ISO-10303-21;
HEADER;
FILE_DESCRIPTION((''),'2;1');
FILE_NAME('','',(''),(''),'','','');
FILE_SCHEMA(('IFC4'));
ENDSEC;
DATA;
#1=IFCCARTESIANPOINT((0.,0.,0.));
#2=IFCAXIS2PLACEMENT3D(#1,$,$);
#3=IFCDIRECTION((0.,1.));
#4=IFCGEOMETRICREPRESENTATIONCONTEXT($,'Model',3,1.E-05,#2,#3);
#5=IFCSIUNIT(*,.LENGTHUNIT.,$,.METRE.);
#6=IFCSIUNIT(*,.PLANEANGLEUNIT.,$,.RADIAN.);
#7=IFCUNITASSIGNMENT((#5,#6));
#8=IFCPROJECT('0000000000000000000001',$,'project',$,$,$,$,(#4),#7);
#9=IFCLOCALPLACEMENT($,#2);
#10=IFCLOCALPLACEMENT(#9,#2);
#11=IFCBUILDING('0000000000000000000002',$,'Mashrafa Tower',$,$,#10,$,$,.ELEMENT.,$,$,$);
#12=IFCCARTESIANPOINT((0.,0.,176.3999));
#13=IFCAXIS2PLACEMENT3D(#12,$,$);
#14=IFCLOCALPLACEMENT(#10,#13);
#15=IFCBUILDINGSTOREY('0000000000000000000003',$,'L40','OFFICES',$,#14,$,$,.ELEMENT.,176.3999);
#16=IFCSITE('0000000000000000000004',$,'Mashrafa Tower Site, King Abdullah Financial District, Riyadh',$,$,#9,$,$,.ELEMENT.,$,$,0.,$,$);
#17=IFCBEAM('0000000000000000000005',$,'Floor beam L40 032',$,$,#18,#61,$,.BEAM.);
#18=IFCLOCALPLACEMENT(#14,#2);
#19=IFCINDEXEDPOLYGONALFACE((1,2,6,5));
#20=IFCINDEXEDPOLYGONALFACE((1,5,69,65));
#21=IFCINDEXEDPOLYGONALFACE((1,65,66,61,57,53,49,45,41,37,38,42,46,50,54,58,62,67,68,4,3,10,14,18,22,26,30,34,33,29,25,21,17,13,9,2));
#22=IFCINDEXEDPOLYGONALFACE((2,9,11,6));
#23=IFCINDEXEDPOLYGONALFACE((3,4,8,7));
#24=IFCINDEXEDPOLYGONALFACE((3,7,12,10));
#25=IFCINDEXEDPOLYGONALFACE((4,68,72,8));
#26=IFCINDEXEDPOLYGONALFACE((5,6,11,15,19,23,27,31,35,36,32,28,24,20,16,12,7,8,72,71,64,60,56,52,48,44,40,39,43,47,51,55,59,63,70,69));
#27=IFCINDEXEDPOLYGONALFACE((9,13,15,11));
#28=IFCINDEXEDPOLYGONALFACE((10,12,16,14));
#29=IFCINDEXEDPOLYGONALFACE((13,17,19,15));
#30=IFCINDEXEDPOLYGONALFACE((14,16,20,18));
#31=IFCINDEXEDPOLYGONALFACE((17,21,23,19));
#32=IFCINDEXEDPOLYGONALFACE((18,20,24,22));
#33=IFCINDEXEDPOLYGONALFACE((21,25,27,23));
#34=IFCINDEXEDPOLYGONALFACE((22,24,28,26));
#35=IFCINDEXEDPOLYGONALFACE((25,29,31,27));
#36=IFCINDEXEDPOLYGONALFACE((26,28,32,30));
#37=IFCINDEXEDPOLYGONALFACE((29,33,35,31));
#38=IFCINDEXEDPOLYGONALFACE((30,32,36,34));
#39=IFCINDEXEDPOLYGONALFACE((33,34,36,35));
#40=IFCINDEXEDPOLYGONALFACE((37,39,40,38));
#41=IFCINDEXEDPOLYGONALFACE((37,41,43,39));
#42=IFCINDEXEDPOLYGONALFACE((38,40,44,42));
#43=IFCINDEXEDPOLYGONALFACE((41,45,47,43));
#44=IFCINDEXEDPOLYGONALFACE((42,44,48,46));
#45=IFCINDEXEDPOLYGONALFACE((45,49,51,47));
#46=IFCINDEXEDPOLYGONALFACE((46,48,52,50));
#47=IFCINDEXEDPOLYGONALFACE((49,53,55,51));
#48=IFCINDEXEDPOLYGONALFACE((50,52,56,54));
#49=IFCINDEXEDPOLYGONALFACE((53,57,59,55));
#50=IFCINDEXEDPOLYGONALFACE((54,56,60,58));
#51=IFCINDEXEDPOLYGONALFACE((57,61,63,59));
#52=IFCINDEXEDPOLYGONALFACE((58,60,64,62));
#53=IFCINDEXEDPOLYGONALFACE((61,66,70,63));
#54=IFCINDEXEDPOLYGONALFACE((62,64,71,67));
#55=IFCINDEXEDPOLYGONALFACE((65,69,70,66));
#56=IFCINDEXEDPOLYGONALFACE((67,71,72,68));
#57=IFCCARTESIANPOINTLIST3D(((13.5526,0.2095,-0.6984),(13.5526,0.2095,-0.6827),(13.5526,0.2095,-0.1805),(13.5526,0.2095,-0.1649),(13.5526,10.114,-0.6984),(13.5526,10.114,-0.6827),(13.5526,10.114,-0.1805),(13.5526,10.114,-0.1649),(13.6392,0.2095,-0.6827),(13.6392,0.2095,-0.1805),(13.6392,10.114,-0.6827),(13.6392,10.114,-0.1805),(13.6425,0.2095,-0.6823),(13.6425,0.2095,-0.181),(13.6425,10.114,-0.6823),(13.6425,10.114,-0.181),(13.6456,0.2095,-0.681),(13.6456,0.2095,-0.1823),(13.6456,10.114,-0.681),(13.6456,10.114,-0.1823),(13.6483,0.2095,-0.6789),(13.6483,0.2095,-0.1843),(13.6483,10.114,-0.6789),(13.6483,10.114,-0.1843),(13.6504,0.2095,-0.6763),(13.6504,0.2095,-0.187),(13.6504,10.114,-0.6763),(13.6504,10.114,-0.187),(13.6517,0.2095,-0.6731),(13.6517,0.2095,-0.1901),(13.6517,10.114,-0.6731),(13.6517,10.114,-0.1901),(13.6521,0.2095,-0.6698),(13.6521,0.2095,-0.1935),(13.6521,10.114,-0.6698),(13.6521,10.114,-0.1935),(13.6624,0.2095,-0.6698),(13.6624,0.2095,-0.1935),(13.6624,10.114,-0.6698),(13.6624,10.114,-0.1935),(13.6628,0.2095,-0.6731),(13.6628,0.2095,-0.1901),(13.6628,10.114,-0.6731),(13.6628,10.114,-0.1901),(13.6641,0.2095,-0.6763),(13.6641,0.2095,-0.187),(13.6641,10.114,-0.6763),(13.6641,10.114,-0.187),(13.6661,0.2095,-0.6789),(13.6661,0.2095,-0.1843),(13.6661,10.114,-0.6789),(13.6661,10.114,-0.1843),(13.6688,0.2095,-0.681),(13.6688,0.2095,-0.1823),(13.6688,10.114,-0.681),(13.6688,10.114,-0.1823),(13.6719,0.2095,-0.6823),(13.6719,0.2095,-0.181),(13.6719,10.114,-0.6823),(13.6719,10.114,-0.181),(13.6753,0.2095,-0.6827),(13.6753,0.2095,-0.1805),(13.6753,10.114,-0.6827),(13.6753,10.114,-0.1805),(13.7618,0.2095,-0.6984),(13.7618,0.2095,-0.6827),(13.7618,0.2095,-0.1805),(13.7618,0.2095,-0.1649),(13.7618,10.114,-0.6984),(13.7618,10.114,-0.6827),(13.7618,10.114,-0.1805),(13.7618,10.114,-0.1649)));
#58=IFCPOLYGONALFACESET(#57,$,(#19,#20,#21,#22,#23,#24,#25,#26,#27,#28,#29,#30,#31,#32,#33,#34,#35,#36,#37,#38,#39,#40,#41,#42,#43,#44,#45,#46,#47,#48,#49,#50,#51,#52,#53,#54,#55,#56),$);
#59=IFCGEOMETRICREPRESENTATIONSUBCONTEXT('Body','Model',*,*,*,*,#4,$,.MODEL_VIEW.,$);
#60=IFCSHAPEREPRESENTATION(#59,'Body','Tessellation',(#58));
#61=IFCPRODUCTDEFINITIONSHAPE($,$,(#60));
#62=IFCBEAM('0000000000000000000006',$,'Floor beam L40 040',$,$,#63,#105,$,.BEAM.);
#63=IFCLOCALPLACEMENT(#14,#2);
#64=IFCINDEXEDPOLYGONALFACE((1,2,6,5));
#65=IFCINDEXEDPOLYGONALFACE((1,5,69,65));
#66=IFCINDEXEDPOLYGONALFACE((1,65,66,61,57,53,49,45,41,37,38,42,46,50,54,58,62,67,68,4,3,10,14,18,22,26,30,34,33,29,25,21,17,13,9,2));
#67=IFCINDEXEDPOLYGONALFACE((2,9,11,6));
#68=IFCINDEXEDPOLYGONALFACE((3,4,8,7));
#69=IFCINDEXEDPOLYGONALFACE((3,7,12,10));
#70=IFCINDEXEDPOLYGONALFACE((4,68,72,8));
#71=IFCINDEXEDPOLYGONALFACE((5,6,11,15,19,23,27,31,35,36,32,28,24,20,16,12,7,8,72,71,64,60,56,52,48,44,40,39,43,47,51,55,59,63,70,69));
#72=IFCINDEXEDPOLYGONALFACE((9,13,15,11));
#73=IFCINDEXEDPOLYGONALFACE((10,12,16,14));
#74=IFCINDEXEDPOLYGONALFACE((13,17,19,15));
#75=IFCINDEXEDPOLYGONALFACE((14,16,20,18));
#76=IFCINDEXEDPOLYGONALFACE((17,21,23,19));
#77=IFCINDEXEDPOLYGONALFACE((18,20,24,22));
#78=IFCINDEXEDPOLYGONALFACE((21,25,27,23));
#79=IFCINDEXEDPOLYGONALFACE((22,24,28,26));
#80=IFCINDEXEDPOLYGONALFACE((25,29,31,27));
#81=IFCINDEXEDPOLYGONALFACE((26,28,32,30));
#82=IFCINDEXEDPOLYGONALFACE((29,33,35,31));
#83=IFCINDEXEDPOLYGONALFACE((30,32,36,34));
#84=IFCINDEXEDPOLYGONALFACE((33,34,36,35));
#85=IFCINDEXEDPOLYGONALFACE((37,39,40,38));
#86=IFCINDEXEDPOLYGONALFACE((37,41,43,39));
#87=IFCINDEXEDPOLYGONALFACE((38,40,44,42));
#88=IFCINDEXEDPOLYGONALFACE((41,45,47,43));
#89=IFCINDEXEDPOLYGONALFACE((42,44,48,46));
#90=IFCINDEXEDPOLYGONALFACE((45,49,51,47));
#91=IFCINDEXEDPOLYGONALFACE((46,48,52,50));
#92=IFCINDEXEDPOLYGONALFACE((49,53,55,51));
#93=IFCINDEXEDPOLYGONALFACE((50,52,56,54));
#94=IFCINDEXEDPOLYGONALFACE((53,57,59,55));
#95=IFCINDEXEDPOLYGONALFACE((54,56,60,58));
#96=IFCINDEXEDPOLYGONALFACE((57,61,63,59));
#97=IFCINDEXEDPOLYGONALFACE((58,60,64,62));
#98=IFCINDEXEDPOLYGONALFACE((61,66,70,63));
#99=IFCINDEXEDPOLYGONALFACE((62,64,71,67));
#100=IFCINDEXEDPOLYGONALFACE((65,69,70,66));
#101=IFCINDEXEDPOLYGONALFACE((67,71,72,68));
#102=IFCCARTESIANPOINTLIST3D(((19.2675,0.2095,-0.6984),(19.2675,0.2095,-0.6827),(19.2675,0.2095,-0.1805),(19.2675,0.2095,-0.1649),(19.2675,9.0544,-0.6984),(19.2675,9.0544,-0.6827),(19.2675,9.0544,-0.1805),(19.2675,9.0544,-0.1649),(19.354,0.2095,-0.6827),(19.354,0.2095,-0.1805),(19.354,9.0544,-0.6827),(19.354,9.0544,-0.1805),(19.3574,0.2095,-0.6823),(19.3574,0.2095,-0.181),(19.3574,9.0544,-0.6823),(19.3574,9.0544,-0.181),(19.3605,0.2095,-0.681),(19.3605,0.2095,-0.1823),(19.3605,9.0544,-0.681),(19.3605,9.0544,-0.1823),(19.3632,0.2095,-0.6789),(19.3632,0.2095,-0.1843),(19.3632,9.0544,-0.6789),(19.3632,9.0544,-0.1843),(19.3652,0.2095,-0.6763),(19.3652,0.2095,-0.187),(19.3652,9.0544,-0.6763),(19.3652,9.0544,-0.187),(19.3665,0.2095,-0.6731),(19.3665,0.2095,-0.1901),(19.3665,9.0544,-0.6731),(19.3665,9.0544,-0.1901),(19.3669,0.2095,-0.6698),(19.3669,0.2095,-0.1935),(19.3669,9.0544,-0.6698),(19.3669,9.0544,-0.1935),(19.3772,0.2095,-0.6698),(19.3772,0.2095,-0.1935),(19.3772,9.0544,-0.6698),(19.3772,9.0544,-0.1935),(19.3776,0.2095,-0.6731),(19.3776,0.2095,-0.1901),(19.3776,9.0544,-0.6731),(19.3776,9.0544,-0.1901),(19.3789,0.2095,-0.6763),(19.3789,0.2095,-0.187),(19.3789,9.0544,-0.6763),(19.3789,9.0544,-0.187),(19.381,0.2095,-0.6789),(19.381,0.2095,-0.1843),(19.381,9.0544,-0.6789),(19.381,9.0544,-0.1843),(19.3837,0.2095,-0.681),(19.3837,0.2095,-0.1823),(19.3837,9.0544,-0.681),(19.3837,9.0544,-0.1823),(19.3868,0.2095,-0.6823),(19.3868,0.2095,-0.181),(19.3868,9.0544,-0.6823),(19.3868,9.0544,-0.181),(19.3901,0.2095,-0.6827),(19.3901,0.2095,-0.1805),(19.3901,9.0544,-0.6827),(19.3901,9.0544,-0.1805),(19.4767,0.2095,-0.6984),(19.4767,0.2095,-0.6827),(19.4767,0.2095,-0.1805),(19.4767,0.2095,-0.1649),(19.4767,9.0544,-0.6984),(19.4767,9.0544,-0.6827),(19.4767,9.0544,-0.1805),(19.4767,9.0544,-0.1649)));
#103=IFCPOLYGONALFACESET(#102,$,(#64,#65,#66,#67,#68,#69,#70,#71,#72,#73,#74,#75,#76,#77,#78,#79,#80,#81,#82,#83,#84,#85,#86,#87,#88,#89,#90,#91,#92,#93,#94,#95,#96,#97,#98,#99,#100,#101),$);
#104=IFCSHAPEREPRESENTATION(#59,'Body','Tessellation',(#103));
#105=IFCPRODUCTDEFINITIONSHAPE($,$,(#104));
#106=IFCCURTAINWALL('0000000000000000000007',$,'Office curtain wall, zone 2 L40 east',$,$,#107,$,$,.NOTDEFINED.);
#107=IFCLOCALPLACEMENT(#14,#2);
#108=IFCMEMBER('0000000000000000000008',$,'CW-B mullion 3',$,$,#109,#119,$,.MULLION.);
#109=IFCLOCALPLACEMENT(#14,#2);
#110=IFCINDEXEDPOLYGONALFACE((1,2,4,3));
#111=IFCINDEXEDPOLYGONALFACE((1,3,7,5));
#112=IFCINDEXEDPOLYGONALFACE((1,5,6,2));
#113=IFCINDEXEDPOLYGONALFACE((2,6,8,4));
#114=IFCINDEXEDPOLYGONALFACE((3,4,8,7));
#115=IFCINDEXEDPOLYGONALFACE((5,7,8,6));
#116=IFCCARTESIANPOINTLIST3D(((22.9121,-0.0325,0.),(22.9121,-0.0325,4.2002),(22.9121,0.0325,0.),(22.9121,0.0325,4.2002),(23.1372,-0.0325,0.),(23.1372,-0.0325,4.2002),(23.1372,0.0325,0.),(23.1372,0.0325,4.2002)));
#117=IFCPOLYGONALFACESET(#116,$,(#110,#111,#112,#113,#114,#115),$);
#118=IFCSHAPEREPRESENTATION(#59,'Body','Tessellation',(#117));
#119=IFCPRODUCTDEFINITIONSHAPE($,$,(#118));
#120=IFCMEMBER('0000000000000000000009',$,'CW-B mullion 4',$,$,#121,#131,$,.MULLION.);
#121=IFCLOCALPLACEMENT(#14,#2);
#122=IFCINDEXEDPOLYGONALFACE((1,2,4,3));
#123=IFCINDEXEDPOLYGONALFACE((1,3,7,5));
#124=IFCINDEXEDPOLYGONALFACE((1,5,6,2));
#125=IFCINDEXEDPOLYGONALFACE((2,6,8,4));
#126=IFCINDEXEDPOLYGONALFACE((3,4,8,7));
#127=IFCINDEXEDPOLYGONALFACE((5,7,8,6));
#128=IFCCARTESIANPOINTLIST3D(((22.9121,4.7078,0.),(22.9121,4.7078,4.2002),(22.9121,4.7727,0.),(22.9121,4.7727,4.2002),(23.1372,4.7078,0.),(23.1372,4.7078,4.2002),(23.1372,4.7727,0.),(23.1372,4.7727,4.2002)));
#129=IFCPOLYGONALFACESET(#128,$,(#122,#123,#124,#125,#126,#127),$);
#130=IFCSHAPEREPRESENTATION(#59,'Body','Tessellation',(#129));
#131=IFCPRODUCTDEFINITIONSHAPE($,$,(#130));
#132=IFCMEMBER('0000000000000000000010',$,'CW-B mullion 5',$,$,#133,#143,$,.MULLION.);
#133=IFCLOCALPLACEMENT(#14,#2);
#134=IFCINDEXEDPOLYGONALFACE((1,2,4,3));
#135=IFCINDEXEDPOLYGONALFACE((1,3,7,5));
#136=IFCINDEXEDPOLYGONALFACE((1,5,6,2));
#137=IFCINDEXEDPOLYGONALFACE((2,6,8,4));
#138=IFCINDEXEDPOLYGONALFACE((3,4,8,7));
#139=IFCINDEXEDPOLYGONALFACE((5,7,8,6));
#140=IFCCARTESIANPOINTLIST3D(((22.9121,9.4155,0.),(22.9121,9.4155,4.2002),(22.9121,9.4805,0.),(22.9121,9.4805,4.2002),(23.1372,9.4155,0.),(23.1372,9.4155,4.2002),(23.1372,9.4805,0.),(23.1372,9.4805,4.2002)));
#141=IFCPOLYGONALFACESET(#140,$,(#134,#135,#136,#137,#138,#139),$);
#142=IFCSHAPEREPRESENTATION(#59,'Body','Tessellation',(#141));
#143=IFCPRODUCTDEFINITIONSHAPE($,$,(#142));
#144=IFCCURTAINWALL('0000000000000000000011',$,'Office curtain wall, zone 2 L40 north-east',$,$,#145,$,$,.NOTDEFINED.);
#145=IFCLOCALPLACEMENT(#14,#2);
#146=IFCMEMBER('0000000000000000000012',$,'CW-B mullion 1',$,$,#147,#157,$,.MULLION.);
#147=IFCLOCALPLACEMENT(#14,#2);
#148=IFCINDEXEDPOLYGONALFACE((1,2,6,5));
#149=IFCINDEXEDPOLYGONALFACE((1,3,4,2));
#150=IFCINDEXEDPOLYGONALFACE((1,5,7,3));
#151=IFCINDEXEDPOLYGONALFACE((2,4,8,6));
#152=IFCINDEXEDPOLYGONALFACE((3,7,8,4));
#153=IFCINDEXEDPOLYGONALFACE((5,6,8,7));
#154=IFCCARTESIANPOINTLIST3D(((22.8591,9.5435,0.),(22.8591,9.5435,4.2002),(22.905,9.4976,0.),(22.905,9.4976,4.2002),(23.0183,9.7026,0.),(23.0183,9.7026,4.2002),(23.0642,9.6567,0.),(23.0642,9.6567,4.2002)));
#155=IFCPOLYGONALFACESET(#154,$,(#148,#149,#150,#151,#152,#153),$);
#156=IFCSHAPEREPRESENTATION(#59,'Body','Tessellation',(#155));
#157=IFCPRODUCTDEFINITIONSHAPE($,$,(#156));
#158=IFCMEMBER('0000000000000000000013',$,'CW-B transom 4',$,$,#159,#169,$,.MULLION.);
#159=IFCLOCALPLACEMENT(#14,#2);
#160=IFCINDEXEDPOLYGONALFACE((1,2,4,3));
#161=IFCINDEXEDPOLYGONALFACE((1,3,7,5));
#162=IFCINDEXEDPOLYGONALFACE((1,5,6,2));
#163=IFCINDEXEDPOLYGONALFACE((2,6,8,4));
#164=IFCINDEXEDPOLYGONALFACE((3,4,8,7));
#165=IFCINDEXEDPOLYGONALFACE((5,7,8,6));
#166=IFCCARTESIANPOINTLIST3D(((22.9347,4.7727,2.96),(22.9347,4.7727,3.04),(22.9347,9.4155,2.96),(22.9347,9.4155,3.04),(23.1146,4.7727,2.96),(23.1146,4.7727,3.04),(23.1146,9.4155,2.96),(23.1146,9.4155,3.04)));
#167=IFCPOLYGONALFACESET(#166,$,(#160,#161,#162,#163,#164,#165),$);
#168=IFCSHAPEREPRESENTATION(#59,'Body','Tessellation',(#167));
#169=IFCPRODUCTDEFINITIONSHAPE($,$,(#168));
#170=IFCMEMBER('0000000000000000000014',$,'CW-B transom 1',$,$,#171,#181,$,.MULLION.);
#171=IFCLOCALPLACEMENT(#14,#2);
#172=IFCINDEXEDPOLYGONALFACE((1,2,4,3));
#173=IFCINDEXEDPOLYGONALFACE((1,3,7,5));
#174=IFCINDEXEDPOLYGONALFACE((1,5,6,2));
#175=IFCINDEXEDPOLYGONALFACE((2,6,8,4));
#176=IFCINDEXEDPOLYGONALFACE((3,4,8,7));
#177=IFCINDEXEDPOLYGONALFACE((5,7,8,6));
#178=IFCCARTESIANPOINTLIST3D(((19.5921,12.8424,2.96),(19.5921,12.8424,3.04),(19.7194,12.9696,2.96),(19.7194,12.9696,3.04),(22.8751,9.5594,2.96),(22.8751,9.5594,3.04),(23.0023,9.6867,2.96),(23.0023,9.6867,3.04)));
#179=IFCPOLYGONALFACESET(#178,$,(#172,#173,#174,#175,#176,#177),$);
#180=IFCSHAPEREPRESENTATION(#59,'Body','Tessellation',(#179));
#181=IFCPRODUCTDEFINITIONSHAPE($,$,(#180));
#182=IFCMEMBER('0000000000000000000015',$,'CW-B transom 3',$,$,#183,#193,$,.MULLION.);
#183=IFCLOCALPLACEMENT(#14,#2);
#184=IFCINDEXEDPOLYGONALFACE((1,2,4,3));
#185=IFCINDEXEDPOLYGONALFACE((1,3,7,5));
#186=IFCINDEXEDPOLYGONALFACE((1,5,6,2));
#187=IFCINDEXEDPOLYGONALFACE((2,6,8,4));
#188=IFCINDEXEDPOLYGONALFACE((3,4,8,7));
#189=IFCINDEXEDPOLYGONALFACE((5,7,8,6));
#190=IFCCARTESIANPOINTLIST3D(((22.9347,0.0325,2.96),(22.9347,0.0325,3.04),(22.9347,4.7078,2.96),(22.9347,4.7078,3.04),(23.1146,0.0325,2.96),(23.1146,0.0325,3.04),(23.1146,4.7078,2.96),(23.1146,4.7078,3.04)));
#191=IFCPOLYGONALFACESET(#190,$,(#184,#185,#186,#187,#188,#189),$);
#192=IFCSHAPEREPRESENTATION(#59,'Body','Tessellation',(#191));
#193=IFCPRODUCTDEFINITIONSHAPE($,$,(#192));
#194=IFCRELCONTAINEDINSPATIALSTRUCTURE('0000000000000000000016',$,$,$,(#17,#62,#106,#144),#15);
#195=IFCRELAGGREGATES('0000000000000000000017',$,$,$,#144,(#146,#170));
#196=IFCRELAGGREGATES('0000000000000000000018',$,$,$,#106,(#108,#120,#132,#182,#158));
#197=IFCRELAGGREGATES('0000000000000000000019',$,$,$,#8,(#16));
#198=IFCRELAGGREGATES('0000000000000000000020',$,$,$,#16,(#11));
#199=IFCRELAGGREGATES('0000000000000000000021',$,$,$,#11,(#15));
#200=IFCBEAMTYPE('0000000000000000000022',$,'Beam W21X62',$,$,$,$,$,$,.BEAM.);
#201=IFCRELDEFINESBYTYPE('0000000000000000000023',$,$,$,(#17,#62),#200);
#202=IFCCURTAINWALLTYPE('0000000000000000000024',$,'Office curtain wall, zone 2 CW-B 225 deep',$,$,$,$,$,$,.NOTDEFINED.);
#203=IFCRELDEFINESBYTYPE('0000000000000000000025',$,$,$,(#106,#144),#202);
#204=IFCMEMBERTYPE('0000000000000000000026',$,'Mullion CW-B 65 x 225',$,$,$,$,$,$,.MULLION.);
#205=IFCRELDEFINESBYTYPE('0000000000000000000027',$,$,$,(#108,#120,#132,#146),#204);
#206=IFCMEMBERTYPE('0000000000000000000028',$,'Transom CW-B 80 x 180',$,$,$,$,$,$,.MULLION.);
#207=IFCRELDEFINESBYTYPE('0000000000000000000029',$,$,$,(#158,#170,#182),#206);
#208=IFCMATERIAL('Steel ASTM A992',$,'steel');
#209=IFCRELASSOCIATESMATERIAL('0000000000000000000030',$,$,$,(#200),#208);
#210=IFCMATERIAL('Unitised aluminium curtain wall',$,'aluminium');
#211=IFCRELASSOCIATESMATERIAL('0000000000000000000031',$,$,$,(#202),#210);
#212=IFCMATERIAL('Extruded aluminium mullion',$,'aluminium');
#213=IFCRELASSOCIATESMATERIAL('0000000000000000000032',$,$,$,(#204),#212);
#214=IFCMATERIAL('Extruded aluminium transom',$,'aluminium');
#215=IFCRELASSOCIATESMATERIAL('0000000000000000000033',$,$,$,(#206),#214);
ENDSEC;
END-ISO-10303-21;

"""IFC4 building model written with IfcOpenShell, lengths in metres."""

from ifc_helpers import new_model, si_unit, direction, frame, origin, origin_2d, place, context, subcontext, project, spatial, rectangle, i_section, extrude, source, transform, mapped, material, material_profile, profile_set, type_object, type_shapes, element, aggregate, save


model = new_model("IFC4")

# Units and contexts
model_context = context("Model", 3, precision=1e-05, world=origin(), true_north=direction((0.0, 1.0)))
body_context = subcontext(model_context, "Body", "Model", "MODEL_VIEW")
ifc_project = project(units=[si_unit("LENGTHUNIT", "METRE"), si_unit("PLANEANGLEUNIT", "RADIAN")], contexts=[model_context])

# Site, building, storey
site_placement = place(None, origin())
site = spatial("IfcSite", under=ifc_project, at=site_placement, Name="Mashrafa Tower Site, King Abdullah Financial District, Riyadh", CompositionType="ELEMENT", RefElevation=0.0)
building_placement = place(site_placement, origin())
building = spatial("IfcBuilding", under=site, at=building_placement, Name="Mashrafa Tower", CompositionType="ELEMENT")
storey_placement = place(building_placement, frame((0.0, 0.0, 176.3999)))
storey = spatial("IfcBuildingStorey", under=building, at=storey_placement, Name="L40", Description="OFFICES", CompositionType="ELEMENT", Elevation=176.3999)

# Beams
ifc_material_1 = material(Name="Steel ASTM A992", Category="steel")
ifc_material_profile_1 = material_profile(ifc_material_1, i_section(OverallWidth=0.2092, OverallDepth=0.5334, WebThickness=0.0103, FlangeThickness=0.0156, FilletRadius=0.0129, at=origin_2d()), Name="W21X62")
ifc_profile_set_1 = profile_set([ifc_material_profile_1], Name="Steel ASTM A992")
beam_type_1 = type_object("IfcBeamType", Name="Beam W21X62", PredefinedType="BEAM", material=ifc_profile_set_1)
beam_1_placement = place(storey_placement, frame((13.6572, 10.114, -0.4316), z_axis=(0.0, -1.0, 0.0), x_axis=(1.0, 0.0, 0.0)))
element("IfcBeam", 1, at=beam_1_placement, inside=storey, type_object=beam_type_1, Name="Floor beam L40 032", PredefinedType="BEAM", context=body_context, shape_type="SweptSolid", body=[
    extrude(i_section(OverallWidth=0.2092, OverallDepth=0.5334, WebThickness=0.0103, FlangeThickness=0.0156, FilletRadius=0.0129, at=origin_2d()), origin(), (0.0, 0.0, 1.0), 9.9045),
])
beam_2_placement = place(storey_placement, frame((19.3721, 9.0544, -0.4316), z_axis=(0.0, -1.0, 0.0), x_axis=(1.0, 0.0, 0.0)))
element("IfcBeam", 2, at=beam_2_placement, inside=storey, type_object=beam_type_1, Name="Floor beam L40 040", PredefinedType="BEAM", context=body_context, shape_type="SweptSolid", body=[
    extrude(i_section(OverallWidth=0.2092, OverallDepth=0.5334, WebThickness=0.0103, FlangeThickness=0.0156, FilletRadius=0.0129, at=origin_2d()), origin(), (0.0, 0.0, 1.0), 8.845),
])

# Curtain wall, members
ifc_material_2 = material(Name="Unitised aluminium curtain wall", Category="aluminium")
curtain_wall_type = type_object("IfcCurtainWallType", Name="Office curtain wall, zone 2 CW-B 225 deep", PredefinedType="NOTDEFINED", material=ifc_material_2)
curtain_wall_1_placement = place(storey_placement, origin())
curtain_wall_1 = element("IfcCurtainWall", 3, at=curtain_wall_1_placement, inside=storey, type_object=curtain_wall_type, Name="Office curtain wall, zone 2 L40 east", PredefinedType="NOTDEFINED")
ifc_material_3 = material(Name="Extruded aluminium mullion", Category="aluminium")
ifc_material_profile_2 = material_profile(ifc_material_3, rectangle(XDim=0.2251, YDim=0.0649, at=origin_2d()), Name="Mullion 65x225")
ifc_profile_set_2 = profile_set([ifc_material_profile_2], Name="Extruded aluminium mullion")
member_type_1 = type_object("IfcMemberType", Name="Mullion CW-B 65 x 225", PredefinedType="MULLION", material=ifc_profile_set_2)
shared_shape_1 = source(origin(), body_context, "Body", "SweptSolid", [
    extrude(rectangle(XDim=0.2251, YDim=0.0649, at=origin_2d()), origin(), (0.0, 0.0, 1.0), 4.2002),
])
type_shapes(member_type_1, [shared_shape_1])
member_1_placement = place(storey_placement, frame((23.0247, 0.0, 0.0), z_axis=(0.0, 0.0, 1.0), x_axis=(-1.0, 0.0, 0.0)))
member_1 = element("IfcMember", 4, at=member_1_placement, type_object=member_type_1, Name="CW-B mullion 3", PredefinedType="MULLION", context=body_context, shape_type="MappedRepresentation", body=[
    mapped(shared_shape_1, transform((0.0, 0.0, 0.0))),
])
member_2_placement = place(storey_placement, frame((23.0247, 4.7402, 0.0), z_axis=(0.0, 0.0, 1.0), x_axis=(-1.0, 0.0, 0.0)))
member_2 = element("IfcMember", 5, at=member_2_placement, type_object=member_type_1, Name="CW-B mullion 4", PredefinedType="MULLION", context=body_context, shape_type="MappedRepresentation", body=[
    mapped(shared_shape_1, transform((0.0, 0.0, 0.0))),
])
member_3_placement = place(storey_placement, frame((23.0247, 9.448, 0.0), z_axis=(0.0, 0.0, 1.0), x_axis=(-1.0, 0.0, 0.0)))
member_3 = element("IfcMember", 6, at=member_3_placement, type_object=member_type_1, Name="CW-B mullion 5", PredefinedType="MULLION", context=body_context, shape_type="MappedRepresentation", body=[
    mapped(shared_shape_1, transform((0.0, 0.0, 0.0))),
])

# Curtain wall, member
curtain_wall_2_placement = place(storey_placement, origin())
curtain_wall_2 = element("IfcCurtainWall", 7, at=curtain_wall_2_placement, inside=storey, type_object=curtain_wall_type, Name="Office curtain wall, zone 2 L40 north-east", PredefinedType="NOTDEFINED")
member_4_placement = place(storey_placement, frame((22.9617, 9.6001, 0.0), z_axis=(0.0, 0.0, 1.0), x_axis=(-0.707107, -0.707107, 0.0)))
member_4 = element("IfcMember", 8, at=member_4_placement, type_object=member_type_1, Name="CW-B mullion 1", PredefinedType="MULLION", context=body_context, shape_type="MappedRepresentation", body=[
    mapped(shared_shape_1, transform((0.0, 0.0, 0.0))),
])

# Members
ifc_material_4 = material(Name="Extruded aluminium transom", Category="aluminium")
ifc_material_profile_3 = material_profile(ifc_material_4, rectangle(XDim=0.1799, YDim=0.0801, at=origin_2d()), Name="Transom 80x180")
ifc_profile_set_3 = profile_set([ifc_material_profile_3], Name="Extruded aluminium transom")
member_type_2 = type_object("IfcMemberType", Name="Transom CW-B 80 x 180", PredefinedType="MULLION", material=ifc_profile_set_3)
shared_shape_2 = source(origin(), body_context, "Body", "SweptSolid", [
    extrude(rectangle(XDim=0.1799, YDim=0.0801, at=origin_2d()), origin(), (0.0, 0.0, 1.0), 4.6428),
])
member_5_placement = place(storey_placement, frame((23.0247, 4.7727, 3.0), z_axis=(0.0, 1.0, 0.0), x_axis=(-1.0, 0.0, 0.0)))
member_5 = element("IfcMember", 9, at=member_5_placement, type_object=member_type_2, Name="CW-B transom 4", PredefinedType="MULLION", context=body_context, shape_type="MappedRepresentation", body=[
    mapped(shared_shape_2, transform((0.0, 0.0, 0.0))),
])
member_6_placement = place(storey_placement, frame((22.9387, 9.623, 3.0), z_axis=(-0.707107, 0.707107, 0.0), x_axis=(-0.707107, -0.707107, 0.0)))
member_6 = element("IfcMember", 10, at=member_6_placement, type_object=member_type_2, Name="CW-B transom 1", PredefinedType="MULLION", context=body_context, shape_type="MappedRepresentation", body=[
    mapped(shared_shape_2, transform((0.0, 0.0, 0.0))),
])
aggregate(curtain_wall_2, [member_4, member_6])
shared_shape_3 = source(origin(), body_context, "Body", "SweptSolid", [
    extrude(rectangle(XDim=0.1799, YDim=0.0801, at=origin_2d()), origin(), (0.0, 0.0, 1.0), 4.6753),
])
type_shapes(member_type_2, [shared_shape_2, shared_shape_3])
member_7_placement = place(storey_placement, frame((23.0247, 0.0325, 3.0), z_axis=(0.0, 1.0, 0.0), x_axis=(-1.0, 0.0, 0.0)))
member_7 = element("IfcMember", 11, at=member_7_placement, type_object=member_type_2, Name="CW-B transom 3", PredefinedType="MULLION", context=body_context, shape_type="MappedRepresentation", body=[
    mapped(shared_shape_3, transform((0.0, 0.0, 0.0))),
])

aggregate(curtain_wall_1, [member_1, member_2, member_3, member_7, member_5])

save(model, "model.ifc")
